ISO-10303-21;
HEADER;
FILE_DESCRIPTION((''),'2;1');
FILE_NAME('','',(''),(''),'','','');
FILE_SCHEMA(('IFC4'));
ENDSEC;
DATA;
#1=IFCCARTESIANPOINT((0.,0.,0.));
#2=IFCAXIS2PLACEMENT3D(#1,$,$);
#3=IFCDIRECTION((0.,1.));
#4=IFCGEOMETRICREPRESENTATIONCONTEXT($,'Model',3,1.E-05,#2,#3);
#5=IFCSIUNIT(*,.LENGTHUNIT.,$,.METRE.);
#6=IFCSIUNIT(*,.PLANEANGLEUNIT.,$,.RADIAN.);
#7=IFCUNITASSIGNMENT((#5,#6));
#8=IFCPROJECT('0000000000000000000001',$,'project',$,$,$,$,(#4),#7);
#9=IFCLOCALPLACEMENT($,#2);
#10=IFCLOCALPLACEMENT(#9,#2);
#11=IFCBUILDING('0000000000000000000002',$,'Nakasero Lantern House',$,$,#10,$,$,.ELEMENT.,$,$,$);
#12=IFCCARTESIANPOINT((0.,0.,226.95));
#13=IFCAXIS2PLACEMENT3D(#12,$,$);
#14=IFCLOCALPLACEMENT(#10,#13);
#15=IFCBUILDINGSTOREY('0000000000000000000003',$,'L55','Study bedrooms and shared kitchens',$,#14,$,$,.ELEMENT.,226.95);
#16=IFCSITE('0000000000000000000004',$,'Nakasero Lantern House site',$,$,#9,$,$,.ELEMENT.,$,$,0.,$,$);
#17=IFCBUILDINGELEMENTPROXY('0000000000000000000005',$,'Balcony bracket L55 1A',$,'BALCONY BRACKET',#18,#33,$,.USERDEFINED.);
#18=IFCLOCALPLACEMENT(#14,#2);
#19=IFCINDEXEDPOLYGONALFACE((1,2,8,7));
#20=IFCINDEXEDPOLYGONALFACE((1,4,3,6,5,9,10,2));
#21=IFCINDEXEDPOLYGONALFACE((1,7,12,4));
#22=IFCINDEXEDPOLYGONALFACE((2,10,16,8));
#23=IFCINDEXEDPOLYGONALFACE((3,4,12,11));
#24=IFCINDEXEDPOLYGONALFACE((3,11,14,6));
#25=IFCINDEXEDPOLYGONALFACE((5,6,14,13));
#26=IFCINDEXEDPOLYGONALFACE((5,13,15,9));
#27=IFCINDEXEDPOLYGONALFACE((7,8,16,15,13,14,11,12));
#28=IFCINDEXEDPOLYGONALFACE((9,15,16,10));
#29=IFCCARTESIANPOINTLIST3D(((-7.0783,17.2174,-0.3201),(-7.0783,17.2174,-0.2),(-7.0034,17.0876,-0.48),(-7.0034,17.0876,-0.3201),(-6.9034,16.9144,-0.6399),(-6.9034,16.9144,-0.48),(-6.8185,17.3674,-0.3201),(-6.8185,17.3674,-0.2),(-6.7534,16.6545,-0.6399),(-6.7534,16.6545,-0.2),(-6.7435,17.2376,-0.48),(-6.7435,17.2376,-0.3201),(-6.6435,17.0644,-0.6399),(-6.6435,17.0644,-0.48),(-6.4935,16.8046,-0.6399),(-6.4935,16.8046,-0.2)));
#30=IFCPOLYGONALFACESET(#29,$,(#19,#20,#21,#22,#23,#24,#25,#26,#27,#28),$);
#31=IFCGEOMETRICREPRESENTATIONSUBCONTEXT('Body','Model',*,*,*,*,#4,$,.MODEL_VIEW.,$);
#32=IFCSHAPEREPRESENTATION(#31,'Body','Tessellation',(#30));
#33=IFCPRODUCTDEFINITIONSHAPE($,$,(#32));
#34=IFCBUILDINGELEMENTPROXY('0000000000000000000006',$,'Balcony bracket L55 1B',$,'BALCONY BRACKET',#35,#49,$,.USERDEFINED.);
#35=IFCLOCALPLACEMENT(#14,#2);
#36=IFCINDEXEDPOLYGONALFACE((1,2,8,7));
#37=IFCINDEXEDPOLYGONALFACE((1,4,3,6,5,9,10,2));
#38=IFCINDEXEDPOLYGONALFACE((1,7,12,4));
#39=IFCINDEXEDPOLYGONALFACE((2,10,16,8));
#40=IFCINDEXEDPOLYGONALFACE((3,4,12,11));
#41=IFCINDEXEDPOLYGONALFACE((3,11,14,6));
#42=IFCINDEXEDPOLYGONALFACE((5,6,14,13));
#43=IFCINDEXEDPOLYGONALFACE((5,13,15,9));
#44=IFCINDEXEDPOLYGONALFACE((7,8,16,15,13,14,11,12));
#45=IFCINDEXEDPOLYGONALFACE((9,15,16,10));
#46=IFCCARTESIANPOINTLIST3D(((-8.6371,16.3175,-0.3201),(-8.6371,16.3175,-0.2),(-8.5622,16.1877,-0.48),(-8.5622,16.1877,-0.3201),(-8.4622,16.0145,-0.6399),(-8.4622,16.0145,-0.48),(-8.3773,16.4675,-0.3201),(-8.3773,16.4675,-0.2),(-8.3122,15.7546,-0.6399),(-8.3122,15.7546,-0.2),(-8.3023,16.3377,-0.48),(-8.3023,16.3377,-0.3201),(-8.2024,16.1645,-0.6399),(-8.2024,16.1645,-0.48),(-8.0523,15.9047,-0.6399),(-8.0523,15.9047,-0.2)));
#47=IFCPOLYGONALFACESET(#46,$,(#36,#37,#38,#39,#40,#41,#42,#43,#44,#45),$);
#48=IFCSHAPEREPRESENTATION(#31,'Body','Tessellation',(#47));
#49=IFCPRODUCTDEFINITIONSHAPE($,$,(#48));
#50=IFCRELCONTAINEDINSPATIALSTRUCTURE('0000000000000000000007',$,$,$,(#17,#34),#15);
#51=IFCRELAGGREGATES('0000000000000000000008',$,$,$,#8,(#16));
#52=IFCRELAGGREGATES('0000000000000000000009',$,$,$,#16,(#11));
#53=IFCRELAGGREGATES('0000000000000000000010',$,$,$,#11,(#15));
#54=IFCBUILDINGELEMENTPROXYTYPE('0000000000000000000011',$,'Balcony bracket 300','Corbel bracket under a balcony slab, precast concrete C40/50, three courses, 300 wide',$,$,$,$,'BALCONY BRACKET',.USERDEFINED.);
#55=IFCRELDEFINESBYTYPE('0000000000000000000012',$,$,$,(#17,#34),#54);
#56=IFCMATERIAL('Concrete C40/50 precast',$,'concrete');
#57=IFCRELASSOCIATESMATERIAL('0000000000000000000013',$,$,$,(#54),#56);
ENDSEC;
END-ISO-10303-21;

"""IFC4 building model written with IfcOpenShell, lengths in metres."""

from ifc_helpers import new_model, si_unit, direction, frame, origin, place, context, subcontext, project, spatial, polyline, outline, extrude, material, type_object, element, save


model = new_model("IFC4")

# Units and contexts
model_context = context("Model", 3, precision=1e-05, world=origin(), true_north=direction((0.0, 1.0)))
body_context = subcontext(model_context, "Body", "Model", "MODEL_VIEW")
ifc_project = project(units=[si_unit("LENGTHUNIT", "METRE"), si_unit("PLANEANGLEUNIT", "RADIAN")], contexts=[model_context])

# Site, building, storey
site_placement = place(None, origin())
site = spatial("IfcSite", under=ifc_project, at=site_placement, Name="Nakasero Lantern House site", CompositionType="ELEMENT", RefElevation=0.0)
building_placement = place(site_placement, origin())
building = spatial("IfcBuilding", under=site, at=building_placement, Name="Nakasero Lantern House", CompositionType="ELEMENT")
storey_placement = place(building_placement, frame((0.0, 0.0, 226.95)))
storey = spatial("IfcBuildingStorey", under=building, at=storey_placement, Name="L55", Description="Study bedrooms and shared kitchens", CompositionType="ELEMENT", Elevation=226.95)

# Building element proxies
ifc_material_1 = material(Name="Concrete C40/50 precast", Category="concrete")
building_element_proxy_type = type_object("IfcBuildingElementProxyType", Name="Balcony bracket 300", Description="Corbel bracket under a balcony slab, precast concrete C40/50, three courses, 300 wide", ElementType="BALCONY BRACKET", PredefinedType="USERDEFINED", material=ifc_material_1)
for number, where, z_axis, x_axis, name in (
    (1, (-6.6235, 16.7295, -0.2), (0.0, 0.0, 1.0), (-0.5, 0.866025, 0.0), "Balcony bracket L55 1A"),
    (2, (-8.1824, 15.8296, -0.2), (0.0, 0.0, 1.0), (-0.5, 0.866025, 0.0), "Balcony bracket L55 1B"),
):
    element("IfcBuildingElementProxy", number, at=place(storey_placement, frame(where, z_axis=z_axis, x_axis=x_axis)), inside=storey, type_object=building_element_proxy_type, Name=name, ObjectType="BALCONY BRACKET", PredefinedType="USERDEFINED", context=body_context, shape_type="SweptSolid", body=[
        extrude(outline(polyline([(0.0, 0.0), (0.6499, 0.0), (0.6499, -0.1201), (0.5, -0.1201), (0.5, -0.28), (0.3, -0.28), (0.3, -0.4399), (0.0, -0.4399), (0.0, 0.0)])), frame((0.0, 0.1499, 0.0), z_axis=(0.0, -1.0, 0.0), x_axis=(1.0, 0.0, 0.0)), (0.0, 0.0, 1.0), 0.3),
    ])

save(model, "model.ifc")
